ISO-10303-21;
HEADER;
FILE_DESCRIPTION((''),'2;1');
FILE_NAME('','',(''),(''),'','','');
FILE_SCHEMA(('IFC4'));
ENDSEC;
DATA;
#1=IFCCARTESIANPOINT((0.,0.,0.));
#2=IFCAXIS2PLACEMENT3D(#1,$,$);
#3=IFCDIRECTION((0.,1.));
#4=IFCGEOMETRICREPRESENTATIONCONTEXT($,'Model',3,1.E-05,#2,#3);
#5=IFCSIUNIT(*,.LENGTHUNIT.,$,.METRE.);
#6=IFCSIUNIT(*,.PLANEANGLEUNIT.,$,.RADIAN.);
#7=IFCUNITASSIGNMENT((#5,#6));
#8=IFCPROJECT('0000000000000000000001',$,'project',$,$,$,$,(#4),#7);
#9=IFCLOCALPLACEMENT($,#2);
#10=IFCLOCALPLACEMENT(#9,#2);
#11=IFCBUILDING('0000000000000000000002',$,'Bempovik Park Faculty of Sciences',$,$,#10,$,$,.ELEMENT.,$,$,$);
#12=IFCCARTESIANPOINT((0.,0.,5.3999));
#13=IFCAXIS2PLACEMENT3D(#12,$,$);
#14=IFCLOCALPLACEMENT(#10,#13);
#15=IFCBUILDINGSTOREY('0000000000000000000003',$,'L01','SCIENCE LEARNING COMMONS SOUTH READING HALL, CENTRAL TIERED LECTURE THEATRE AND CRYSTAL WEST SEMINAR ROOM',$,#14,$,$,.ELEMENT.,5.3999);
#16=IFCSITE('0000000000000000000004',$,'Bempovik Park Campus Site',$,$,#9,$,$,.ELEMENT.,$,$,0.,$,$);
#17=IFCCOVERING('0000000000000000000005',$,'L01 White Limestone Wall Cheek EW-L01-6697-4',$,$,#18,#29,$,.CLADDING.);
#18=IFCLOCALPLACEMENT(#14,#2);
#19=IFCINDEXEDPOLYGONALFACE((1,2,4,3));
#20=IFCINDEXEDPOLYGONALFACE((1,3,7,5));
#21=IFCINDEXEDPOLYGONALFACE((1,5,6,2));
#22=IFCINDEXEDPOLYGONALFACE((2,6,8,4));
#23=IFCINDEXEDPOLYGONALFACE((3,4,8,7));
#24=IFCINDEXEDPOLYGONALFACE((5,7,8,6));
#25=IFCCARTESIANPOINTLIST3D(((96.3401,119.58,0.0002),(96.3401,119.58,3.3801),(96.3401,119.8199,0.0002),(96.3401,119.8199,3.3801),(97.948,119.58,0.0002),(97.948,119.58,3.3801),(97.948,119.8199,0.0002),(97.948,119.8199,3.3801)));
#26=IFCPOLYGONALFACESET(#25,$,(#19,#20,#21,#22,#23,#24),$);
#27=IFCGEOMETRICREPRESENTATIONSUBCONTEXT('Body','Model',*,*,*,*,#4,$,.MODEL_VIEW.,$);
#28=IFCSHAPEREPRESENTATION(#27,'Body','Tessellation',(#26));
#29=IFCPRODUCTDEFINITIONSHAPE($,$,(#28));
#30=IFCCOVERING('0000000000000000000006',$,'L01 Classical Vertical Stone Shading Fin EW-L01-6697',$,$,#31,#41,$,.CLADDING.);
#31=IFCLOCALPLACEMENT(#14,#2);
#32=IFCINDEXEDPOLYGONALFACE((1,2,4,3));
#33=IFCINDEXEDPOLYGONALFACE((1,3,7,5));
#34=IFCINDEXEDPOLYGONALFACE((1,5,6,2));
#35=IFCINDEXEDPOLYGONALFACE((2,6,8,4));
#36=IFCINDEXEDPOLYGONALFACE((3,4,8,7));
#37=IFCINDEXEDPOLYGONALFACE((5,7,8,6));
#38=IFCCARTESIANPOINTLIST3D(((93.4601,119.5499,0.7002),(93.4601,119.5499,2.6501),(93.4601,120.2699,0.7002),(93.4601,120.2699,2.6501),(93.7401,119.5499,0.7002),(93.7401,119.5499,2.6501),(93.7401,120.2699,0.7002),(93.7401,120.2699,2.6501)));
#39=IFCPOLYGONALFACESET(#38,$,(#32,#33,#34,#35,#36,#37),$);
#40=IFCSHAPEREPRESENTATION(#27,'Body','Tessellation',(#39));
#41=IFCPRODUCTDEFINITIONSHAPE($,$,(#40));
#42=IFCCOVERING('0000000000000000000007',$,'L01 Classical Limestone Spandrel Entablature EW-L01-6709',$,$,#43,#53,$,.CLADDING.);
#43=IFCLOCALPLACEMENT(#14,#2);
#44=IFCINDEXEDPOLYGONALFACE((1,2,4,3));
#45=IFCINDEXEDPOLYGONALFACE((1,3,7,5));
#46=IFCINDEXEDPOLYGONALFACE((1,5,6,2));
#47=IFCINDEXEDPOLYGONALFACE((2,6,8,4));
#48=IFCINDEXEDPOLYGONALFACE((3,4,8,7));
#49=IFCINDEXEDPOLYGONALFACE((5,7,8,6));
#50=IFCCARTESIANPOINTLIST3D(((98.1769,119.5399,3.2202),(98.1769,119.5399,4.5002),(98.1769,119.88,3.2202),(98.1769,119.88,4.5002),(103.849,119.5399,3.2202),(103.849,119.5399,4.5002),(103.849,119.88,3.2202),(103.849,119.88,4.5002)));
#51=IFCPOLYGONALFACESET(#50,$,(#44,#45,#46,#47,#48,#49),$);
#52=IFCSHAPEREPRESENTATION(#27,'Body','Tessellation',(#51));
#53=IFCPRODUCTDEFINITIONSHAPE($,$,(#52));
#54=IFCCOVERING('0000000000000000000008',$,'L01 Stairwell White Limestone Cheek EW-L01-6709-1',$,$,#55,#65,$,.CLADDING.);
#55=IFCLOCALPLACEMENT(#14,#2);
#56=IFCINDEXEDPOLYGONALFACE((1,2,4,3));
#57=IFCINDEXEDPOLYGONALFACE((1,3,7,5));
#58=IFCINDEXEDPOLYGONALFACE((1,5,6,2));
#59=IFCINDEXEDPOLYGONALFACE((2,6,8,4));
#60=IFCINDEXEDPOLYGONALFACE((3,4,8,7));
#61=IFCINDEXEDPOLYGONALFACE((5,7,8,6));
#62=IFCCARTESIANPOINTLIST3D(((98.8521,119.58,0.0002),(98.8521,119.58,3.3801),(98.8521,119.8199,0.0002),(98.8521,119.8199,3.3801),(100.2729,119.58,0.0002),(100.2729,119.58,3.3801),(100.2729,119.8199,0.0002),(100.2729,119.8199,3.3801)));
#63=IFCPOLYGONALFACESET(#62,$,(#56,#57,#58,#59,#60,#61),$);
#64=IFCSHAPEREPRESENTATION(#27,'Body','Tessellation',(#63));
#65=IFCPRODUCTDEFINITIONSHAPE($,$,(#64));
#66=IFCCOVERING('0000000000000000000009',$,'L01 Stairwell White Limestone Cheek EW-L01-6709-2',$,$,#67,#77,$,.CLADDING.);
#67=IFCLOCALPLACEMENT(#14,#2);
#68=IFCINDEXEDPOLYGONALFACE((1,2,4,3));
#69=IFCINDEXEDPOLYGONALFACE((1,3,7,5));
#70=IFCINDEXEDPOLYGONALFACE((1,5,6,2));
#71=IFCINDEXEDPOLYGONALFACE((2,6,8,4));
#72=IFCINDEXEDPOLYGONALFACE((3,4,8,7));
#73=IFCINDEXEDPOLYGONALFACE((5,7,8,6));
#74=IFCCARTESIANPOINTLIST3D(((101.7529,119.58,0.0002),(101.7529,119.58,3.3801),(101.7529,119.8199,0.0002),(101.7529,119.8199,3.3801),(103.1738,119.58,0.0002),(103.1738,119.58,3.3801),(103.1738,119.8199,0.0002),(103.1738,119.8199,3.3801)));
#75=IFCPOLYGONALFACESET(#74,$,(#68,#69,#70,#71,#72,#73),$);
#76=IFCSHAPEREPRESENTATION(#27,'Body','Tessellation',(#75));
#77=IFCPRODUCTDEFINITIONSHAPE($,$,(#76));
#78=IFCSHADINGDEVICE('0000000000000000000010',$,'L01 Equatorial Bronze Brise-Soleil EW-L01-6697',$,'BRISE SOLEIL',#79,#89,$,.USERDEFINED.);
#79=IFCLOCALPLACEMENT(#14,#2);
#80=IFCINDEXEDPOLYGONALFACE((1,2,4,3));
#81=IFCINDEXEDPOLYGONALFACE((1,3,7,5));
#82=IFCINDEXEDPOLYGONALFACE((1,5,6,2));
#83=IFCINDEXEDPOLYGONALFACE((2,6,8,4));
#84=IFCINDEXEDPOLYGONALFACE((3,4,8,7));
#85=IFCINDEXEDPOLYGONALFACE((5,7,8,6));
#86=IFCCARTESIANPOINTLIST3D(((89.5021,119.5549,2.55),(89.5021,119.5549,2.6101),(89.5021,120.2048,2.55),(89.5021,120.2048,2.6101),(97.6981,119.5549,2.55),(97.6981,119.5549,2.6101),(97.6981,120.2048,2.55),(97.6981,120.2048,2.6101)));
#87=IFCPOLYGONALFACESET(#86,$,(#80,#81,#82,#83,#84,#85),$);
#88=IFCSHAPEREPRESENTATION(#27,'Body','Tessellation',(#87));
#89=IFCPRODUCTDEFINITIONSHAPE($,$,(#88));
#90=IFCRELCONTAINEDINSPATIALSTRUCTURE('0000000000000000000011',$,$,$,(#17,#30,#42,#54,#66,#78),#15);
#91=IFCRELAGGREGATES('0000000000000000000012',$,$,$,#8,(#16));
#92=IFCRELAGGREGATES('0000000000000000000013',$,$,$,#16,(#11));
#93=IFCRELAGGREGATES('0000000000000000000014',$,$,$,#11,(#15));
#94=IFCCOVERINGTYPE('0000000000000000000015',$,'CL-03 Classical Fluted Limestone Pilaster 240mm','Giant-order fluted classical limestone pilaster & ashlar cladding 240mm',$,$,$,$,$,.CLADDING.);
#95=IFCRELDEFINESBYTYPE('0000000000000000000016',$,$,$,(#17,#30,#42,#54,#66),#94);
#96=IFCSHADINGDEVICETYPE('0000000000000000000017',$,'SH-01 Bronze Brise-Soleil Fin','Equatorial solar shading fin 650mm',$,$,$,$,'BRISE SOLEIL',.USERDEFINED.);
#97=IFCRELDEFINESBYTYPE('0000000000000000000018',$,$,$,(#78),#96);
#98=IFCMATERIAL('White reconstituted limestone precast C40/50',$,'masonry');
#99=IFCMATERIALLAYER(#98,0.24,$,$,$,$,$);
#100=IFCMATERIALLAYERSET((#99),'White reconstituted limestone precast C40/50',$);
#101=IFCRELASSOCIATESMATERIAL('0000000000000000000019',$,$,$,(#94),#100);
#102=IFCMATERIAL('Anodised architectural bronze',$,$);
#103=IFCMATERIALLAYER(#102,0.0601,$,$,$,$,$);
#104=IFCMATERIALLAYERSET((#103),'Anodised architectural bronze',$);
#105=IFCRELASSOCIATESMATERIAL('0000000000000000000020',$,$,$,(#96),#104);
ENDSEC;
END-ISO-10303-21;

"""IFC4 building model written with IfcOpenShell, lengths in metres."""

from ifc_helpers import new_model, si_unit, direction, frame, origin, origin_2d, place, context, subcontext, project, spatial, rectangle, extrude, material, layer, layer_set, type_object, element, save


model = new_model("IFC4")

# Units and contexts
model_context = context("Model", 3, precision=1e-05, world=origin(), true_north=direction((0.0, 1.0)))
body_context = subcontext(model_context, "Body", "Model", "MODEL_VIEW")
ifc_project = project(units=[si_unit("LENGTHUNIT", "METRE"), si_unit("PLANEANGLEUNIT", "RADIAN")], contexts=[model_context])

# Site, building, storey
site_placement = place(None, origin())
site = spatial("IfcSite", under=ifc_project, at=site_placement, Name="Bempovik Park Campus Site", CompositionType="ELEMENT", RefElevation=0.0)
building_placement = place(site_placement, origin())
building = spatial("IfcBuilding", under=site, at=building_placement, Name="Bempovik Park Faculty of Sciences", CompositionType="ELEMENT")
storey_placement = place(building_placement, frame((0.0, 0.0, 5.3999)))
storey = spatial("IfcBuildingStorey", under=building, at=storey_placement, Name="L01", Description="SCIENCE LEARNING COMMONS SOUTH READING HALL, CENTRAL TIERED LECTURE THEATRE AND CRYSTAL WEST SEMINAR ROOM", CompositionType="ELEMENT", Elevation=5.3999)

# Coverings
ifc_material_1 = material(Name="White reconstituted limestone precast C40/50", Category="masonry")
ifc_layer_1 = layer(ifc_material_1, 0.24)
ifc_layer_set_1 = layer_set([ifc_layer_1], Name="White reconstituted limestone precast C40/50")
covering_type_1 = type_object("IfcCoveringType", Name="CL-03 Classical Fluted Limestone Pilaster 240mm", Description="Giant-order fluted classical limestone pilaster & ashlar cladding 240mm", PredefinedType="CLADDING", material=ifc_layer_set_1)
covering_1_placement = place(storey_placement, frame((97.144, 119.7, 0.0002), z_axis=(0.0, 0.0, 1.0), x_axis=(1.0, 0.0, 0.0)))
element("IfcCovering", 1, at=covering_1_placement, inside=storey, type_object=covering_type_1, Name="L01 White Limestone Wall Cheek EW-L01-6697-4", PredefinedType="CLADDING", context=body_context, shape_type="SweptSolid", body=[
    extrude(rectangle(XDim=1.6079, YDim=0.24, at=origin_2d()), origin(), (0.0, 0.0, 1.0), 3.3799),
])
covering_2_placement = place(storey_placement, frame((93.6001, 119.9099, 0.7002), z_axis=(0.0, 0.0, 1.0), x_axis=(1.0, 0.0, 0.0)))
element("IfcCovering", 2, at=covering_2_placement, inside=storey, type_object=covering_type_1, Name="L01 Classical Vertical Stone Shading Fin EW-L01-6697", PredefinedType="CLADDING", context=body_context, shape_type="SweptSolid", body=[
    extrude(rectangle(XDim=0.28, YDim=0.72, at=origin_2d()), origin(), (0.0, 0.0, 1.0), 1.95),
])
covering_3_placement = place(storey_placement, frame((101.0129, 119.71, 3.2202), z_axis=(0.0, 0.0, 1.0), x_axis=(1.0, 0.0, 0.0)))
element("IfcCovering", 3, at=covering_3_placement, inside=storey, type_object=covering_type_1, Name="L01 Classical Limestone Spandrel Entablature EW-L01-6709", PredefinedType="CLADDING", context=body_context, shape_type="SweptSolid", body=[
    extrude(rectangle(XDim=5.6721, YDim=0.3401, at=origin_2d()), origin(), (0.0, 0.0, 1.0), 1.28),
])
for number, where, z_axis, x_axis, name in (
    (4, (99.5625, 119.7, 0.0002), (0.0, 0.0, 1.0), (1.0, 0.0, 0.0), "L01 Stairwell White Limestone Cheek EW-L01-6709-1"),
    (5, (102.4634, 119.7, 0.0002), (0.0, 0.0, 1.0), (1.0, 0.0, 0.0), "L01 Stairwell White Limestone Cheek EW-L01-6709-2"),
):
    element("IfcCovering", number, at=place(storey_placement, frame(where, z_axis=z_axis, x_axis=x_axis)), inside=storey, type_object=covering_type_1, Name=name, PredefinedType="CLADDING", context=body_context, shape_type="SweptSolid", body=[
        extrude(rectangle(XDim=1.4209, YDim=0.24, at=origin_2d()), origin(), (0.0, 0.0, 1.0), 3.3799),
    ])

# Shading device
ifc_material_2 = material(Name="Anodised architectural bronze")
ifc_layer_2 = layer(ifc_material_2, 0.0601)
ifc_layer_set_2 = layer_set([ifc_layer_2], Name="Anodised architectural bronze")
shading_device_type = type_object("IfcShadingDeviceType", Name="SH-01 Bronze Brise-Soleil Fin", Description="Equatorial solar shading fin 650mm", ElementType="BRISE SOLEIL", PredefinedType="USERDEFINED", material=ifc_layer_set_2)
shading_device_placement = place(storey_placement, frame((93.6001, 119.8799, 2.55), z_axis=(0.0, 0.0, 1.0), x_axis=(1.0, 0.0, 0.0)))
element("IfcShadingDevice", 6, at=shading_device_placement, inside=storey, type_object=shading_device_type, Name="L01 Equatorial Bronze Brise-Soleil EW-L01-6697", ObjectType="BRISE SOLEIL", PredefinedType="USERDEFINED", context=body_context, shape_type="SweptSolid", body=[
    extrude(rectangle(XDim=8.196, YDim=0.6499, at=origin_2d()), origin(), (0.0, 0.0, 1.0), 0.0601),
])

save(model, "model.ifc")
